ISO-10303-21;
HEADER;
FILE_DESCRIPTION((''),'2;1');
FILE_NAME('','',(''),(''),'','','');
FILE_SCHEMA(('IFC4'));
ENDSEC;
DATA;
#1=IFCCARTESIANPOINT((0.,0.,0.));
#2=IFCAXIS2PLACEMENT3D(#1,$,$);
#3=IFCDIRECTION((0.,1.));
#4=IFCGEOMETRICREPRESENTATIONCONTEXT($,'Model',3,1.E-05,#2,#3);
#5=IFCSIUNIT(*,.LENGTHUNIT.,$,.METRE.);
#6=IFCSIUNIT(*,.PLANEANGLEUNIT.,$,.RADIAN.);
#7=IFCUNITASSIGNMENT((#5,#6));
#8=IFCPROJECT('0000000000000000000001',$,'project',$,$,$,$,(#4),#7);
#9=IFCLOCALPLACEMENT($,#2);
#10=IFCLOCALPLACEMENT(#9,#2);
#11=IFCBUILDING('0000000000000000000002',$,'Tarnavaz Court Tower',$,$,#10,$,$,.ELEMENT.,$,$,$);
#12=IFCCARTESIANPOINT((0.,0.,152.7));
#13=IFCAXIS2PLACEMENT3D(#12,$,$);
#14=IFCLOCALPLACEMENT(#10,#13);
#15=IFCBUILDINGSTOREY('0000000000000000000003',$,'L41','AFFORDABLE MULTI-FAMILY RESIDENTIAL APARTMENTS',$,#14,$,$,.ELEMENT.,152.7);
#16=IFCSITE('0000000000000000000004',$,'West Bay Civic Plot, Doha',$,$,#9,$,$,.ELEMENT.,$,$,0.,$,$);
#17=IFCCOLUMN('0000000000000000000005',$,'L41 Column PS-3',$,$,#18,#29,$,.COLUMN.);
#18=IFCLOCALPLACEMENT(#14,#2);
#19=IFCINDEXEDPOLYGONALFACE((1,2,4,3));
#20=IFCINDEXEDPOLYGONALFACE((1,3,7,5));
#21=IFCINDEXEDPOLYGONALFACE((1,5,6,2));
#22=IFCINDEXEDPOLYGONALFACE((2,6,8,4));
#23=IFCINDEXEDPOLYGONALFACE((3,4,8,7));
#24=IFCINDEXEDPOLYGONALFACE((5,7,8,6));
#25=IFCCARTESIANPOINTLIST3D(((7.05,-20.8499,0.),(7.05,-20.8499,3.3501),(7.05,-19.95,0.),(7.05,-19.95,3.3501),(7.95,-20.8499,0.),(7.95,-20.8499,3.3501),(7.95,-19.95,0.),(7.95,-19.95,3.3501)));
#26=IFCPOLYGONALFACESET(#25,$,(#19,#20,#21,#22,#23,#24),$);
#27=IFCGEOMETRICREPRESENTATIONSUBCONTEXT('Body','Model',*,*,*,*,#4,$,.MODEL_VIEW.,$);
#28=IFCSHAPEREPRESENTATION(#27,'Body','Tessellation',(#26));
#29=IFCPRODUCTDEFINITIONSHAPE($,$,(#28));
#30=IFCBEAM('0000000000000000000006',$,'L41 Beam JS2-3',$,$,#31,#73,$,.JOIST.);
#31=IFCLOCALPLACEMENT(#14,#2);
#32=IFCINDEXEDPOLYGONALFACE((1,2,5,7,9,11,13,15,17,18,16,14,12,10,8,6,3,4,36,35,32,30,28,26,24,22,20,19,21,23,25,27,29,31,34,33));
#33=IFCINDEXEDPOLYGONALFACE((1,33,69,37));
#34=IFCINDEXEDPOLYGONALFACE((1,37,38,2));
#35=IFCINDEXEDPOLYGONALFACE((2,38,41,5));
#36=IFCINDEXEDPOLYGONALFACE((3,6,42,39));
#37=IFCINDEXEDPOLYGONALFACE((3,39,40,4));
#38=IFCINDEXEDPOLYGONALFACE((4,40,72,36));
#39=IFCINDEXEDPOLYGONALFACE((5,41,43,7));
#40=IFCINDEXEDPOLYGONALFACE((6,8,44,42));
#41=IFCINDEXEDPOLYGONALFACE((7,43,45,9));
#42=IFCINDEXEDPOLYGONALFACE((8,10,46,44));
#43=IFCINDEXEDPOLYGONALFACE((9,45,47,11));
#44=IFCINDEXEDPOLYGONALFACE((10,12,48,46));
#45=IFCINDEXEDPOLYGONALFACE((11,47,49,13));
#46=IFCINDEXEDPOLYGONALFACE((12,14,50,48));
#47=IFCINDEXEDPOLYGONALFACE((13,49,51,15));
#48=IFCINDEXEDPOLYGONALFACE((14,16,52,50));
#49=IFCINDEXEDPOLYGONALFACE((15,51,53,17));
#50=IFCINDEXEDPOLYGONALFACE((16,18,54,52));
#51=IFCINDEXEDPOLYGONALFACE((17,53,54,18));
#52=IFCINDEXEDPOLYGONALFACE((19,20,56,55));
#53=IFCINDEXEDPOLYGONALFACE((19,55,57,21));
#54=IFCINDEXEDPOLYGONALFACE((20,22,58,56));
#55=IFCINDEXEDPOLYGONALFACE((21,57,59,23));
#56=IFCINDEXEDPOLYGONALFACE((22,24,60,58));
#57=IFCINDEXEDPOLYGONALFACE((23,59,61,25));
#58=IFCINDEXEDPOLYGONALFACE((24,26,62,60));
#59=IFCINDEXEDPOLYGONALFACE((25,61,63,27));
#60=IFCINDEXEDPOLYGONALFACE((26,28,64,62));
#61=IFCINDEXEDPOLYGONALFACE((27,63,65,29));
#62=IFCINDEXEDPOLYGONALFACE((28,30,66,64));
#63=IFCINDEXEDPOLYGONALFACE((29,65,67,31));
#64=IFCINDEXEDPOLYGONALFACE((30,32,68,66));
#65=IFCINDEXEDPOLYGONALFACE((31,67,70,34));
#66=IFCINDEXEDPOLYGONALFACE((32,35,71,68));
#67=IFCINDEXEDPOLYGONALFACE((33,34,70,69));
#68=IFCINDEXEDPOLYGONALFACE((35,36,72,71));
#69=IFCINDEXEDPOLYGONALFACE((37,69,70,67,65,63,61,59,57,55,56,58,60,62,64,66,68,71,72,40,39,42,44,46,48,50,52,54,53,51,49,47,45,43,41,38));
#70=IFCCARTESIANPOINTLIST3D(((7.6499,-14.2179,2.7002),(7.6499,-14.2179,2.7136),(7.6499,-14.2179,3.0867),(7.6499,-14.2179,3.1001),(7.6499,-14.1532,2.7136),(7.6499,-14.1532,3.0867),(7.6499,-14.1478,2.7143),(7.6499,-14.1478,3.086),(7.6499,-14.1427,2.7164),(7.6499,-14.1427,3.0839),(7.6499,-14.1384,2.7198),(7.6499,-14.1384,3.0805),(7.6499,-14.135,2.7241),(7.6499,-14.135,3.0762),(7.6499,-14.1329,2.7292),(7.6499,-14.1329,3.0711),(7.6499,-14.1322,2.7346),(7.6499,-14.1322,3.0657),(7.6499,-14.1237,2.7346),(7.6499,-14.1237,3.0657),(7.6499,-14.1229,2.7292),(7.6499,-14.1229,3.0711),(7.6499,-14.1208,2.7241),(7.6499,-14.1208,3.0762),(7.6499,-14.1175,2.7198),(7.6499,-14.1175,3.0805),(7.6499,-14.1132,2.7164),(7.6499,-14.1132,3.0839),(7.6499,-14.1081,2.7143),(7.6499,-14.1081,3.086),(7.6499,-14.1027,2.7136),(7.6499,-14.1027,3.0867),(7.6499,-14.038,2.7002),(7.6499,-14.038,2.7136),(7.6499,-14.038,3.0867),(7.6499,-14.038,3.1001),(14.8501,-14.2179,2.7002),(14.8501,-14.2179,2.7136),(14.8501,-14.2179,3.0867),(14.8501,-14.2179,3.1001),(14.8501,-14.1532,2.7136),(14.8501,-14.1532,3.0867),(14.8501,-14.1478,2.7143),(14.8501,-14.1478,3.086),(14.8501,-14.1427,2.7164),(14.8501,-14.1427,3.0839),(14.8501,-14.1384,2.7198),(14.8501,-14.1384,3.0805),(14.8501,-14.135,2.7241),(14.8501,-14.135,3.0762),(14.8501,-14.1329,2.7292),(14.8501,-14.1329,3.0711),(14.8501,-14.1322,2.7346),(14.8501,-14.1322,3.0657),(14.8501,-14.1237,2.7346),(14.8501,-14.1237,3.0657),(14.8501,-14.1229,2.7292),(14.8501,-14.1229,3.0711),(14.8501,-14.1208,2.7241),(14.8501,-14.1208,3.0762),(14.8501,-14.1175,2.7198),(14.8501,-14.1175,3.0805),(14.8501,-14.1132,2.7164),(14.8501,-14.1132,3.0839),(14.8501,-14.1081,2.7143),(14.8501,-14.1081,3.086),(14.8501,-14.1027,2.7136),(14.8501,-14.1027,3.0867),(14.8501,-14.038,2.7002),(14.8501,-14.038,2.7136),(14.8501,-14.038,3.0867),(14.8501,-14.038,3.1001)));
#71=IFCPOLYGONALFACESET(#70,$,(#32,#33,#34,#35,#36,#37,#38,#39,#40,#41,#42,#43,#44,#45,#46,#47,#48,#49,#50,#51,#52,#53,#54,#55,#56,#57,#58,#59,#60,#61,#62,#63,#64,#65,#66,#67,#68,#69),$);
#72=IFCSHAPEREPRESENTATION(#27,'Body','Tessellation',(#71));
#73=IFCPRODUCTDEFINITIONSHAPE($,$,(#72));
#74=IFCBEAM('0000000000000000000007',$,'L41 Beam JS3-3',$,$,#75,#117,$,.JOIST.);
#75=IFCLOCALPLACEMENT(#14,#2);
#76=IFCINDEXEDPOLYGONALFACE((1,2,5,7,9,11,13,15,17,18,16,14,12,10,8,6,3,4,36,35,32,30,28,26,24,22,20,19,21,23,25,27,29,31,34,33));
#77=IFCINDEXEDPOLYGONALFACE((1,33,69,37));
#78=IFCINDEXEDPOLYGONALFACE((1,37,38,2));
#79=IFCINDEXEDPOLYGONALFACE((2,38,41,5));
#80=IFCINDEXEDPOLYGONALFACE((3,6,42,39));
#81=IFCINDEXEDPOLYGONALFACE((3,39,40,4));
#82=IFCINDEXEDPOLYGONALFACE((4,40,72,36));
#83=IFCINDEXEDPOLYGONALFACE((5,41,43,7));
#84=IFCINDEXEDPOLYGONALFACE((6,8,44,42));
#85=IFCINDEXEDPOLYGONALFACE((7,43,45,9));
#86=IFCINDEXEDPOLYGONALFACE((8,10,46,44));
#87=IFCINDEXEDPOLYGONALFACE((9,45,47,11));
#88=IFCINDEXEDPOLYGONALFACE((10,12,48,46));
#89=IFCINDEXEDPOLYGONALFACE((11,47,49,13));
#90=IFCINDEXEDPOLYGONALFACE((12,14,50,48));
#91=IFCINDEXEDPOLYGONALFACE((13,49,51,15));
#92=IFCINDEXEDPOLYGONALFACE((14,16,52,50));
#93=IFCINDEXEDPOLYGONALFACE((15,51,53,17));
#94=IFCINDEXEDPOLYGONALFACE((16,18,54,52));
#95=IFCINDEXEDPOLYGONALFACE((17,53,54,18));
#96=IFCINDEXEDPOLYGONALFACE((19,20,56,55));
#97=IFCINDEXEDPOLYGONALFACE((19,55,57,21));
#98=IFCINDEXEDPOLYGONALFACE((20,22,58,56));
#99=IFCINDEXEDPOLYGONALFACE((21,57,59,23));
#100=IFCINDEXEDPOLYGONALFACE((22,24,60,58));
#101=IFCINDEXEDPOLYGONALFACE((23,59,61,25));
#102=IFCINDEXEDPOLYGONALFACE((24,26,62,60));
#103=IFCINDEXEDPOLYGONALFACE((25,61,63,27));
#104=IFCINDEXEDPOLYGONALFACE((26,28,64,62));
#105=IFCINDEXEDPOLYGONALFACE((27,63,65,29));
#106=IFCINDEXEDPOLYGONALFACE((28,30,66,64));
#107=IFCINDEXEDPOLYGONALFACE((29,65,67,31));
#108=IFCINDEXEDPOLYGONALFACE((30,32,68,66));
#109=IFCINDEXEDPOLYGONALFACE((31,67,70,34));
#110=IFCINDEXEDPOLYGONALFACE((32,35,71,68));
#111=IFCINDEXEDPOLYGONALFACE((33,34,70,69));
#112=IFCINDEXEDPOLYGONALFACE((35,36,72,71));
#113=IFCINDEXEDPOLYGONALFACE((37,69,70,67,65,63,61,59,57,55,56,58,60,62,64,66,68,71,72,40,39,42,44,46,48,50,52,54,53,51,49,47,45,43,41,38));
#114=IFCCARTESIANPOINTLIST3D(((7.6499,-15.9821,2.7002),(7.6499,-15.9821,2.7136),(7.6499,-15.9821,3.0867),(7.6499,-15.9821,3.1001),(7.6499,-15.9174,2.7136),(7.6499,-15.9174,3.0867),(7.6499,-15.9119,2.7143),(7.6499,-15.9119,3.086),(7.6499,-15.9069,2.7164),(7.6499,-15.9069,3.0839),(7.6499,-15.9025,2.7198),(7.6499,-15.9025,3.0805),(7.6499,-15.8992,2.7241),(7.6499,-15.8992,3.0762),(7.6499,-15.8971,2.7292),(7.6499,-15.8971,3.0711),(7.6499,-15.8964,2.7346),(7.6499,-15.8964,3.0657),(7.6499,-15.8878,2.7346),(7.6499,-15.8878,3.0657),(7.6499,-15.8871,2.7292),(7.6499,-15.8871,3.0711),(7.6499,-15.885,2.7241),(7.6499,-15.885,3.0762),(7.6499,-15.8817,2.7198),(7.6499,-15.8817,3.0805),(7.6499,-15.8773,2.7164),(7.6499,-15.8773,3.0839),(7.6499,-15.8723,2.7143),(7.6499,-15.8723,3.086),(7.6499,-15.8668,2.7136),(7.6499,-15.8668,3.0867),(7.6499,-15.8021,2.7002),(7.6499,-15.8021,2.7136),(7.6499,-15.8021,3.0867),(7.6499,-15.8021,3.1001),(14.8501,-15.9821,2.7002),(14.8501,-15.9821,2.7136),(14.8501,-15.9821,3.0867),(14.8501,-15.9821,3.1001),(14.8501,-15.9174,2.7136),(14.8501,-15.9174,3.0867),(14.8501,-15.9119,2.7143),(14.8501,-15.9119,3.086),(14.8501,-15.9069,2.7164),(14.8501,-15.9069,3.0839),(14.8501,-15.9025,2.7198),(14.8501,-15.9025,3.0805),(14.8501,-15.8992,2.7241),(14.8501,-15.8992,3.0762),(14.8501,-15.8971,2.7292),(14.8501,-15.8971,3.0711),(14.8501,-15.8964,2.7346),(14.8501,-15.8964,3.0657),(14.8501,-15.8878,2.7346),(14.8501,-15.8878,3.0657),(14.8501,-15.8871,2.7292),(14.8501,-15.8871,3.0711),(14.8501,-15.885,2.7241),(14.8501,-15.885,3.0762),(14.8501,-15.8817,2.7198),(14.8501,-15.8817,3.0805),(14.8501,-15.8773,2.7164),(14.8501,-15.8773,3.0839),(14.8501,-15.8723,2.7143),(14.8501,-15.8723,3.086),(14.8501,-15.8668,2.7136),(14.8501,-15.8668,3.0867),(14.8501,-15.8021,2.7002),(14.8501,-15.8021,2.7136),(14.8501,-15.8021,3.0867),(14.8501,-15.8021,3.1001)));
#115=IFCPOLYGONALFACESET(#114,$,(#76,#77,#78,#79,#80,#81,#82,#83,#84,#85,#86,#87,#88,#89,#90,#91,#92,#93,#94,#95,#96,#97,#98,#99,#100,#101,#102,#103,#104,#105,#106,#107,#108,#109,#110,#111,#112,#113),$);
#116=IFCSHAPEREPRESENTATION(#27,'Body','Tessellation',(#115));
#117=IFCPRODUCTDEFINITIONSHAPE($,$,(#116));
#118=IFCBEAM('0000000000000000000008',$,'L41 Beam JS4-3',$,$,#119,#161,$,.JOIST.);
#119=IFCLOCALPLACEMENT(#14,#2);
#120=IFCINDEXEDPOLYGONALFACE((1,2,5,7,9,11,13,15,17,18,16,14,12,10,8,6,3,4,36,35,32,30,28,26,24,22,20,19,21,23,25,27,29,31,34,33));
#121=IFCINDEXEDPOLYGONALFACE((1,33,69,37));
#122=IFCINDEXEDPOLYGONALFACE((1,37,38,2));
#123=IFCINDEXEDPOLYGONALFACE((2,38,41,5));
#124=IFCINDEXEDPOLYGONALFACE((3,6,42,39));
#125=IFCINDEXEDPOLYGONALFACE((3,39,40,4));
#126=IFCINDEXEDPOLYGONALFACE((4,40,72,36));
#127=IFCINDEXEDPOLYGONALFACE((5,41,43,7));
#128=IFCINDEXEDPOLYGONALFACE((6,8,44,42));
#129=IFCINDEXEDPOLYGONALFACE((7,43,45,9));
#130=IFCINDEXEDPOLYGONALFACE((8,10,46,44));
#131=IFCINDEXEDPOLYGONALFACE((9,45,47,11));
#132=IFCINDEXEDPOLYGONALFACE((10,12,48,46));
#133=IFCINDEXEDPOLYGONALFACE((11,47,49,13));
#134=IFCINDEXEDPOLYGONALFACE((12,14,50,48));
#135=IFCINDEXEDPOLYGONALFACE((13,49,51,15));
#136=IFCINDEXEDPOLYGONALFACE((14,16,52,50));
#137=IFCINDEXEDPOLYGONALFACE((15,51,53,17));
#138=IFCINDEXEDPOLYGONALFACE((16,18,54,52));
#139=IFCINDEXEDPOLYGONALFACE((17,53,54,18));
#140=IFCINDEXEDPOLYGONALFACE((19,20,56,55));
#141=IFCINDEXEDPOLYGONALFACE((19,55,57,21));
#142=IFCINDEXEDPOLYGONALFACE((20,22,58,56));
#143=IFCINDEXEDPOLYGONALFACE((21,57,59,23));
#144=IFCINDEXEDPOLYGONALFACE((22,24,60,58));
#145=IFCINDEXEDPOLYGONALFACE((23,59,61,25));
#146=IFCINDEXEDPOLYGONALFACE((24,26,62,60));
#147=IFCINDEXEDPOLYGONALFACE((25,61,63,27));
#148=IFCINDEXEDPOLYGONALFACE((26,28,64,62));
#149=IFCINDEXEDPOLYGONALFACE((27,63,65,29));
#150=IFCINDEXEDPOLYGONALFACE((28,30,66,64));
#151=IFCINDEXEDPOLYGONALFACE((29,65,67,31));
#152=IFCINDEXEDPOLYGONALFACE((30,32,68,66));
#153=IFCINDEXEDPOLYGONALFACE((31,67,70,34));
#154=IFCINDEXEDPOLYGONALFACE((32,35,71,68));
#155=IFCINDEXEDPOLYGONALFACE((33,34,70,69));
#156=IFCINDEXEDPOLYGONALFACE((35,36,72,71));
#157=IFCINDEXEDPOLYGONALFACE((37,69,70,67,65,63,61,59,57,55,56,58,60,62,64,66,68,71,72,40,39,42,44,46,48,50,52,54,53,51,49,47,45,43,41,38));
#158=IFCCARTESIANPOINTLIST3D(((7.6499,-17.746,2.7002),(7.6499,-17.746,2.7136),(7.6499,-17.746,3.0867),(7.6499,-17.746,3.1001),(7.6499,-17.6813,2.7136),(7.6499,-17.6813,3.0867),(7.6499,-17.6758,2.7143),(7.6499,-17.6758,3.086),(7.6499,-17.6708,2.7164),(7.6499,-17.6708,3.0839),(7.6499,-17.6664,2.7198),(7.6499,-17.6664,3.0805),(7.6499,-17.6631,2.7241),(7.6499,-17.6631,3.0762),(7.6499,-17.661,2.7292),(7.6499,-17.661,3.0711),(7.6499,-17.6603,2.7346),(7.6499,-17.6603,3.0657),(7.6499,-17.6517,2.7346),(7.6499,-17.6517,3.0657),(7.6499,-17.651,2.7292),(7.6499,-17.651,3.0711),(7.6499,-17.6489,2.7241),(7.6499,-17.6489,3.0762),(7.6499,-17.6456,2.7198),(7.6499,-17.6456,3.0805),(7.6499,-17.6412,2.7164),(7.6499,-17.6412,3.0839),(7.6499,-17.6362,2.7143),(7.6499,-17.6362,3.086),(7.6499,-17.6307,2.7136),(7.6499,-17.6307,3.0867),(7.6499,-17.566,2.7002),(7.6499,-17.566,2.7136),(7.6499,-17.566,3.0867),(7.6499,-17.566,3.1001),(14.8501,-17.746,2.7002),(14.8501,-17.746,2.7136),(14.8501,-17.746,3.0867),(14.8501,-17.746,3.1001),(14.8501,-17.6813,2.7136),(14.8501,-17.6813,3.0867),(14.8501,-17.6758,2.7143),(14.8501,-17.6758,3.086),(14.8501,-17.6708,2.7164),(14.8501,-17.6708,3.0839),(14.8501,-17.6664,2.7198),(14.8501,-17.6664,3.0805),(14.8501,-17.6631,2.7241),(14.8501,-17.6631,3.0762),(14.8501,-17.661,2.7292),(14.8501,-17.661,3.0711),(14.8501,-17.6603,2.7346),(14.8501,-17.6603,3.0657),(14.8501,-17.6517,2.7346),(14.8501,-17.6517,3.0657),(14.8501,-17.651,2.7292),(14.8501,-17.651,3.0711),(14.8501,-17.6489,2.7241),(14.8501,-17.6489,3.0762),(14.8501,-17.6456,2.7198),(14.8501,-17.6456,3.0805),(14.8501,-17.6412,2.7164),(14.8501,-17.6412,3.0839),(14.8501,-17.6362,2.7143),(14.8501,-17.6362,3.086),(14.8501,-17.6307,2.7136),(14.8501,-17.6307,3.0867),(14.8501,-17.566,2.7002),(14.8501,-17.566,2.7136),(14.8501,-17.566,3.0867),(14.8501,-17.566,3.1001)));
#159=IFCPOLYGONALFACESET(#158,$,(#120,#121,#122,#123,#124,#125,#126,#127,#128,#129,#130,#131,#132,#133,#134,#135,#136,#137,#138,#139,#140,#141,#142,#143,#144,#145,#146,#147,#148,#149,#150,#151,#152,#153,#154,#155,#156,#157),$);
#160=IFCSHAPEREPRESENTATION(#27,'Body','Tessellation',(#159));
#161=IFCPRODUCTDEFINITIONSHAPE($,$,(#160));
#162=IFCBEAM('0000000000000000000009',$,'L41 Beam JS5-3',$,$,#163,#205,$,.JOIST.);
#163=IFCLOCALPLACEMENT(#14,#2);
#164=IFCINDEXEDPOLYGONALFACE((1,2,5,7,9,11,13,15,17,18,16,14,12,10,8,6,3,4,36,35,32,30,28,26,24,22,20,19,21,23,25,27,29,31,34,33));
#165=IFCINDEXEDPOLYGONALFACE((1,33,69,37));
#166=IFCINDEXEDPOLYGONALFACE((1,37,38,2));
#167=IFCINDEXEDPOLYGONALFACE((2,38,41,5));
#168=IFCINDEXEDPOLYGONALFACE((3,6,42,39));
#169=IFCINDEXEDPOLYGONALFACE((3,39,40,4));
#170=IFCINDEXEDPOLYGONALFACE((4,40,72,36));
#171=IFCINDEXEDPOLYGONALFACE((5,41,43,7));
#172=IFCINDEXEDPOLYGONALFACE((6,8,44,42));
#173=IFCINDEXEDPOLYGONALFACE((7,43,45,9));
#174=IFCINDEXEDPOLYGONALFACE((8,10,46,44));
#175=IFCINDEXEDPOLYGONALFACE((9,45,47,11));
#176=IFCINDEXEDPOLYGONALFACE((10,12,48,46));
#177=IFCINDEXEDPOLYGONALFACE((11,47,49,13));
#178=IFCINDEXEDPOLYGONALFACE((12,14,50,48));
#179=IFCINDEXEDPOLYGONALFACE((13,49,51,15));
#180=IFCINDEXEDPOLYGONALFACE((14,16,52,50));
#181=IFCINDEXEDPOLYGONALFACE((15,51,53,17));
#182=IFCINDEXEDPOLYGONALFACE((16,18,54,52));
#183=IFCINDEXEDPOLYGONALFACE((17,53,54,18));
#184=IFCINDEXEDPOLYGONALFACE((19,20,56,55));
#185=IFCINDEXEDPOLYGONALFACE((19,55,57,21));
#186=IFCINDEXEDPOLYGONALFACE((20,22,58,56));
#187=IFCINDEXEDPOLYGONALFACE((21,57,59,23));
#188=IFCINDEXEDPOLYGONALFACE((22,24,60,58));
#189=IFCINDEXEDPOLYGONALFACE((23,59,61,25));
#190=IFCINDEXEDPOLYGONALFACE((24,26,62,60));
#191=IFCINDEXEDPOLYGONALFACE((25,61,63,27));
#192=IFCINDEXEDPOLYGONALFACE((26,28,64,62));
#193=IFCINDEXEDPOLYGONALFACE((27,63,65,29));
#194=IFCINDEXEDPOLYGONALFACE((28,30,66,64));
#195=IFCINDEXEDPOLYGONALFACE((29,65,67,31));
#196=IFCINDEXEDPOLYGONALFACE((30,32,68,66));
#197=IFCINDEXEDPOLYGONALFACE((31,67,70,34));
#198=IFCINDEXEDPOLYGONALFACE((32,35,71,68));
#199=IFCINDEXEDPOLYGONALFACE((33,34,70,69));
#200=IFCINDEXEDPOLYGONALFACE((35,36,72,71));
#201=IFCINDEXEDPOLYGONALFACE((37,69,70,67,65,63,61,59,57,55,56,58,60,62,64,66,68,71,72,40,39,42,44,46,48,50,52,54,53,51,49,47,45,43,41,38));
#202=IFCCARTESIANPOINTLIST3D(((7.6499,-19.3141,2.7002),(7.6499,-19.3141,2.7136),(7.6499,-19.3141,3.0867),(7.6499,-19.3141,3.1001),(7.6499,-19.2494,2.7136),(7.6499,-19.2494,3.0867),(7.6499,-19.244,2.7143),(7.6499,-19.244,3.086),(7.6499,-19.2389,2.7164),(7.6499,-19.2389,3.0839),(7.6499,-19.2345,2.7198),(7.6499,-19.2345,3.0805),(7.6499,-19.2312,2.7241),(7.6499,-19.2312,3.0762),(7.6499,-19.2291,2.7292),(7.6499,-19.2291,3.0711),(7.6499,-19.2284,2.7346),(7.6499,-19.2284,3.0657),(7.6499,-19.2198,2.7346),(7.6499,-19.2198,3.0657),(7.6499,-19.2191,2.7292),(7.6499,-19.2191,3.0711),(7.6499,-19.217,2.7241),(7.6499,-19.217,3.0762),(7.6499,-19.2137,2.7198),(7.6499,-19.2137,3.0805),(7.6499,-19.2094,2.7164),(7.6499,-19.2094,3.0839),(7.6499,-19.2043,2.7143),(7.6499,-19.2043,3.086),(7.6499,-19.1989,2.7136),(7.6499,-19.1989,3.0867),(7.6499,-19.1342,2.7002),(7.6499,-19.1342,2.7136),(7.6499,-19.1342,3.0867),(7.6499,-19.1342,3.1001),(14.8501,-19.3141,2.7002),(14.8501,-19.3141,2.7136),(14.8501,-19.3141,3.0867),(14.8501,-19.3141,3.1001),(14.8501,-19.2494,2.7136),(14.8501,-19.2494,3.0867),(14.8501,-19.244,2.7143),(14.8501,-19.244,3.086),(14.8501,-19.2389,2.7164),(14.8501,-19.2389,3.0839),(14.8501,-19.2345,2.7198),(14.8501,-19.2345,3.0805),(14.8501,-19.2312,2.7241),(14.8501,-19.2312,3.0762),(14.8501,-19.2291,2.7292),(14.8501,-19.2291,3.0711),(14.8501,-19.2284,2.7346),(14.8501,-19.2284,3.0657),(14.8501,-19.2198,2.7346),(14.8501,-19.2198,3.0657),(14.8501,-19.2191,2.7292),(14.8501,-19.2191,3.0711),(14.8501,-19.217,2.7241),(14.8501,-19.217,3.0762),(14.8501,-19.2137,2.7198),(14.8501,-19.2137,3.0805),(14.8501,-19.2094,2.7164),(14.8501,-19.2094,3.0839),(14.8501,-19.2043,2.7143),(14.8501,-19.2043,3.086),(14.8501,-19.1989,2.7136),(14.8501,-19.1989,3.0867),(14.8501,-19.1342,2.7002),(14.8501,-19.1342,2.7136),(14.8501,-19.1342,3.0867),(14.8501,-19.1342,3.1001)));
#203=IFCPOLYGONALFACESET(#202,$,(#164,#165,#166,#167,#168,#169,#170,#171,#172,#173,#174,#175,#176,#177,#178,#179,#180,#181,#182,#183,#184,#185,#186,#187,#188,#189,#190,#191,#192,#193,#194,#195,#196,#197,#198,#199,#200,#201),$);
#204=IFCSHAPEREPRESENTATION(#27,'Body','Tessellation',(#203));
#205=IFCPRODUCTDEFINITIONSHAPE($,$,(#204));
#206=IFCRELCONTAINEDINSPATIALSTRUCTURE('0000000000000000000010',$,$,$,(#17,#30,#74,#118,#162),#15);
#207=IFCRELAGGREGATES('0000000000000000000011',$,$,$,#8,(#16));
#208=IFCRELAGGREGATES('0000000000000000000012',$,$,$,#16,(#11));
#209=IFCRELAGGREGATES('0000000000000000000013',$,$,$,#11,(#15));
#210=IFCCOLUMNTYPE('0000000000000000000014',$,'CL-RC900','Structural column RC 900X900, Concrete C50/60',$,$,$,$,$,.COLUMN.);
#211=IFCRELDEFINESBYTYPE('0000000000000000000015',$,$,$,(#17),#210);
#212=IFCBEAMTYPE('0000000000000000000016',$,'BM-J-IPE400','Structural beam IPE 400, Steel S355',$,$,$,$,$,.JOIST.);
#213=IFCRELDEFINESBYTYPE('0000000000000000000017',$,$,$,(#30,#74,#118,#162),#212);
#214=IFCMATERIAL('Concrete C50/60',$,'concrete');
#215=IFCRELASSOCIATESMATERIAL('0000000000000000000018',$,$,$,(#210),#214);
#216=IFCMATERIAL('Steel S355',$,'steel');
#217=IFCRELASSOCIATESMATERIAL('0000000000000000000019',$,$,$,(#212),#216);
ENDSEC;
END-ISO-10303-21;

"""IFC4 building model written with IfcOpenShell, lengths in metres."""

from ifc_helpers import new_model, si_unit, direction, frame, origin, origin_2d, place, context, subcontext, project, spatial, rectangle, i_section, extrude, material, material_profile, profile_set, type_object, element, save


model = new_model("IFC4")

# Units and contexts
model_context = context("Model", 3, precision=1e-05, world=origin(), true_north=direction((0.0, 1.0)))
body_context = subcontext(model_context, "Body", "Model", "MODEL_VIEW")
ifc_project = project(units=[si_unit("LENGTHUNIT", "METRE"), si_unit("PLANEANGLEUNIT", "RADIAN")], contexts=[model_context])

# Site, building, storey
site_placement = place(None, origin())
site = spatial("IfcSite", under=ifc_project, at=site_placement, Name="West Bay Civic Plot, Doha", CompositionType="ELEMENT", RefElevation=0.0)
building_placement = place(site_placement, origin())
building = spatial("IfcBuilding", under=site, at=building_placement, Name="Tarnavaz Court Tower", CompositionType="ELEMENT")
storey_placement = place(building_placement, frame((0.0, 0.0, 152.7)))
storey = spatial("IfcBuildingStorey", under=building, at=storey_placement, Name="L41", Description="AFFORDABLE MULTI-FAMILY RESIDENTIAL APARTMENTS", CompositionType="ELEMENT", Elevation=152.7)

# Column
ifc_material_1 = material(Name="Concrete C50/60", Category="concrete")
ifc_material_profile_1 = material_profile(ifc_material_1, rectangle(XDim=0.8999, YDim=0.8999, at=origin_2d()), Name="RC 900X900")
ifc_profile_set_1 = profile_set([ifc_material_profile_1], Name="Concrete C50/60")
column_type = type_object("IfcColumnType", Name="CL-RC900", Description="Structural column RC 900X900, Concrete C50/60", PredefinedType="COLUMN", material=ifc_profile_set_1)
column_placement = place(storey_placement, frame((7.5, -20.3999, 0.0), z_axis=(0.0, 0.0, 1.0), x_axis=(1.0, 0.0, 0.0)))
element("IfcColumn", 1, at=column_placement, inside=storey, type_object=column_type, Name="L41 Column PS-3", PredefinedType="COLUMN", context=body_context, shape_type="SweptSolid", body=[
    extrude(rectangle(XDim=0.8999, YDim=0.8999, at=origin_2d()), origin(), (0.0, 0.0, 1.0), 3.3501),
])

# Beams
ifc_material_2 = material(Name="Steel S355", Category="steel")
ifc_material_profile_2 = material_profile(ifc_material_2, i_section(OverallWidth=0.1799, OverallDepth=0.3999, WebThickness=0.0085, FlangeThickness=0.0134, FilletRadius=0.021, at=origin_2d()), Name="IPE 400")
ifc_profile_set_2 = profile_set([ifc_material_profile_2], Name="Steel S355")
beam_type_1 = type_object("IfcBeamType", Name="BM-J-IPE400", Description="Structural beam IPE 400, Steel S355", PredefinedType="JOIST", material=ifc_profile_set_2)
for number, where, z_axis, x_axis, name in (
    (2, (7.6499, -14.1279, 2.9001), (1.0, 0.0, 0.0), (0.0, 1.0, 0.0), "L41 Beam JS2-3"),
    (3, (7.6499, -15.8921, 2.9001), (1.0, 0.0, 0.0), (0.0, 1.0, 0.0), "L41 Beam JS3-3"),
    (4, (7.6499, -17.656, 2.9001), (1.0, 0.0, 0.0), (0.0, 1.0, 0.0), "L41 Beam JS4-3"),
    (5, (7.6499, -19.2241, 2.9001), (1.0, 0.0, 0.0), (0.0, 1.0, 0.0), "L41 Beam JS5-3"),
):
    element("IfcBeam", number, at=place(storey_placement, frame(where, z_axis=z_axis, x_axis=x_axis)), inside=storey, type_object=beam_type_1, Name=name, PredefinedType="JOIST", context=body_context, shape_type="SweptSolid", body=[
        extrude(i_section(OverallWidth=0.1799, OverallDepth=0.3999, WebThickness=0.0085, FlangeThickness=0.0134, FilletRadius=0.021, at=origin_2d()), origin(), (0.0, 0.0, 1.0), 7.2002),
    ])

save(model, "model.ifc")
